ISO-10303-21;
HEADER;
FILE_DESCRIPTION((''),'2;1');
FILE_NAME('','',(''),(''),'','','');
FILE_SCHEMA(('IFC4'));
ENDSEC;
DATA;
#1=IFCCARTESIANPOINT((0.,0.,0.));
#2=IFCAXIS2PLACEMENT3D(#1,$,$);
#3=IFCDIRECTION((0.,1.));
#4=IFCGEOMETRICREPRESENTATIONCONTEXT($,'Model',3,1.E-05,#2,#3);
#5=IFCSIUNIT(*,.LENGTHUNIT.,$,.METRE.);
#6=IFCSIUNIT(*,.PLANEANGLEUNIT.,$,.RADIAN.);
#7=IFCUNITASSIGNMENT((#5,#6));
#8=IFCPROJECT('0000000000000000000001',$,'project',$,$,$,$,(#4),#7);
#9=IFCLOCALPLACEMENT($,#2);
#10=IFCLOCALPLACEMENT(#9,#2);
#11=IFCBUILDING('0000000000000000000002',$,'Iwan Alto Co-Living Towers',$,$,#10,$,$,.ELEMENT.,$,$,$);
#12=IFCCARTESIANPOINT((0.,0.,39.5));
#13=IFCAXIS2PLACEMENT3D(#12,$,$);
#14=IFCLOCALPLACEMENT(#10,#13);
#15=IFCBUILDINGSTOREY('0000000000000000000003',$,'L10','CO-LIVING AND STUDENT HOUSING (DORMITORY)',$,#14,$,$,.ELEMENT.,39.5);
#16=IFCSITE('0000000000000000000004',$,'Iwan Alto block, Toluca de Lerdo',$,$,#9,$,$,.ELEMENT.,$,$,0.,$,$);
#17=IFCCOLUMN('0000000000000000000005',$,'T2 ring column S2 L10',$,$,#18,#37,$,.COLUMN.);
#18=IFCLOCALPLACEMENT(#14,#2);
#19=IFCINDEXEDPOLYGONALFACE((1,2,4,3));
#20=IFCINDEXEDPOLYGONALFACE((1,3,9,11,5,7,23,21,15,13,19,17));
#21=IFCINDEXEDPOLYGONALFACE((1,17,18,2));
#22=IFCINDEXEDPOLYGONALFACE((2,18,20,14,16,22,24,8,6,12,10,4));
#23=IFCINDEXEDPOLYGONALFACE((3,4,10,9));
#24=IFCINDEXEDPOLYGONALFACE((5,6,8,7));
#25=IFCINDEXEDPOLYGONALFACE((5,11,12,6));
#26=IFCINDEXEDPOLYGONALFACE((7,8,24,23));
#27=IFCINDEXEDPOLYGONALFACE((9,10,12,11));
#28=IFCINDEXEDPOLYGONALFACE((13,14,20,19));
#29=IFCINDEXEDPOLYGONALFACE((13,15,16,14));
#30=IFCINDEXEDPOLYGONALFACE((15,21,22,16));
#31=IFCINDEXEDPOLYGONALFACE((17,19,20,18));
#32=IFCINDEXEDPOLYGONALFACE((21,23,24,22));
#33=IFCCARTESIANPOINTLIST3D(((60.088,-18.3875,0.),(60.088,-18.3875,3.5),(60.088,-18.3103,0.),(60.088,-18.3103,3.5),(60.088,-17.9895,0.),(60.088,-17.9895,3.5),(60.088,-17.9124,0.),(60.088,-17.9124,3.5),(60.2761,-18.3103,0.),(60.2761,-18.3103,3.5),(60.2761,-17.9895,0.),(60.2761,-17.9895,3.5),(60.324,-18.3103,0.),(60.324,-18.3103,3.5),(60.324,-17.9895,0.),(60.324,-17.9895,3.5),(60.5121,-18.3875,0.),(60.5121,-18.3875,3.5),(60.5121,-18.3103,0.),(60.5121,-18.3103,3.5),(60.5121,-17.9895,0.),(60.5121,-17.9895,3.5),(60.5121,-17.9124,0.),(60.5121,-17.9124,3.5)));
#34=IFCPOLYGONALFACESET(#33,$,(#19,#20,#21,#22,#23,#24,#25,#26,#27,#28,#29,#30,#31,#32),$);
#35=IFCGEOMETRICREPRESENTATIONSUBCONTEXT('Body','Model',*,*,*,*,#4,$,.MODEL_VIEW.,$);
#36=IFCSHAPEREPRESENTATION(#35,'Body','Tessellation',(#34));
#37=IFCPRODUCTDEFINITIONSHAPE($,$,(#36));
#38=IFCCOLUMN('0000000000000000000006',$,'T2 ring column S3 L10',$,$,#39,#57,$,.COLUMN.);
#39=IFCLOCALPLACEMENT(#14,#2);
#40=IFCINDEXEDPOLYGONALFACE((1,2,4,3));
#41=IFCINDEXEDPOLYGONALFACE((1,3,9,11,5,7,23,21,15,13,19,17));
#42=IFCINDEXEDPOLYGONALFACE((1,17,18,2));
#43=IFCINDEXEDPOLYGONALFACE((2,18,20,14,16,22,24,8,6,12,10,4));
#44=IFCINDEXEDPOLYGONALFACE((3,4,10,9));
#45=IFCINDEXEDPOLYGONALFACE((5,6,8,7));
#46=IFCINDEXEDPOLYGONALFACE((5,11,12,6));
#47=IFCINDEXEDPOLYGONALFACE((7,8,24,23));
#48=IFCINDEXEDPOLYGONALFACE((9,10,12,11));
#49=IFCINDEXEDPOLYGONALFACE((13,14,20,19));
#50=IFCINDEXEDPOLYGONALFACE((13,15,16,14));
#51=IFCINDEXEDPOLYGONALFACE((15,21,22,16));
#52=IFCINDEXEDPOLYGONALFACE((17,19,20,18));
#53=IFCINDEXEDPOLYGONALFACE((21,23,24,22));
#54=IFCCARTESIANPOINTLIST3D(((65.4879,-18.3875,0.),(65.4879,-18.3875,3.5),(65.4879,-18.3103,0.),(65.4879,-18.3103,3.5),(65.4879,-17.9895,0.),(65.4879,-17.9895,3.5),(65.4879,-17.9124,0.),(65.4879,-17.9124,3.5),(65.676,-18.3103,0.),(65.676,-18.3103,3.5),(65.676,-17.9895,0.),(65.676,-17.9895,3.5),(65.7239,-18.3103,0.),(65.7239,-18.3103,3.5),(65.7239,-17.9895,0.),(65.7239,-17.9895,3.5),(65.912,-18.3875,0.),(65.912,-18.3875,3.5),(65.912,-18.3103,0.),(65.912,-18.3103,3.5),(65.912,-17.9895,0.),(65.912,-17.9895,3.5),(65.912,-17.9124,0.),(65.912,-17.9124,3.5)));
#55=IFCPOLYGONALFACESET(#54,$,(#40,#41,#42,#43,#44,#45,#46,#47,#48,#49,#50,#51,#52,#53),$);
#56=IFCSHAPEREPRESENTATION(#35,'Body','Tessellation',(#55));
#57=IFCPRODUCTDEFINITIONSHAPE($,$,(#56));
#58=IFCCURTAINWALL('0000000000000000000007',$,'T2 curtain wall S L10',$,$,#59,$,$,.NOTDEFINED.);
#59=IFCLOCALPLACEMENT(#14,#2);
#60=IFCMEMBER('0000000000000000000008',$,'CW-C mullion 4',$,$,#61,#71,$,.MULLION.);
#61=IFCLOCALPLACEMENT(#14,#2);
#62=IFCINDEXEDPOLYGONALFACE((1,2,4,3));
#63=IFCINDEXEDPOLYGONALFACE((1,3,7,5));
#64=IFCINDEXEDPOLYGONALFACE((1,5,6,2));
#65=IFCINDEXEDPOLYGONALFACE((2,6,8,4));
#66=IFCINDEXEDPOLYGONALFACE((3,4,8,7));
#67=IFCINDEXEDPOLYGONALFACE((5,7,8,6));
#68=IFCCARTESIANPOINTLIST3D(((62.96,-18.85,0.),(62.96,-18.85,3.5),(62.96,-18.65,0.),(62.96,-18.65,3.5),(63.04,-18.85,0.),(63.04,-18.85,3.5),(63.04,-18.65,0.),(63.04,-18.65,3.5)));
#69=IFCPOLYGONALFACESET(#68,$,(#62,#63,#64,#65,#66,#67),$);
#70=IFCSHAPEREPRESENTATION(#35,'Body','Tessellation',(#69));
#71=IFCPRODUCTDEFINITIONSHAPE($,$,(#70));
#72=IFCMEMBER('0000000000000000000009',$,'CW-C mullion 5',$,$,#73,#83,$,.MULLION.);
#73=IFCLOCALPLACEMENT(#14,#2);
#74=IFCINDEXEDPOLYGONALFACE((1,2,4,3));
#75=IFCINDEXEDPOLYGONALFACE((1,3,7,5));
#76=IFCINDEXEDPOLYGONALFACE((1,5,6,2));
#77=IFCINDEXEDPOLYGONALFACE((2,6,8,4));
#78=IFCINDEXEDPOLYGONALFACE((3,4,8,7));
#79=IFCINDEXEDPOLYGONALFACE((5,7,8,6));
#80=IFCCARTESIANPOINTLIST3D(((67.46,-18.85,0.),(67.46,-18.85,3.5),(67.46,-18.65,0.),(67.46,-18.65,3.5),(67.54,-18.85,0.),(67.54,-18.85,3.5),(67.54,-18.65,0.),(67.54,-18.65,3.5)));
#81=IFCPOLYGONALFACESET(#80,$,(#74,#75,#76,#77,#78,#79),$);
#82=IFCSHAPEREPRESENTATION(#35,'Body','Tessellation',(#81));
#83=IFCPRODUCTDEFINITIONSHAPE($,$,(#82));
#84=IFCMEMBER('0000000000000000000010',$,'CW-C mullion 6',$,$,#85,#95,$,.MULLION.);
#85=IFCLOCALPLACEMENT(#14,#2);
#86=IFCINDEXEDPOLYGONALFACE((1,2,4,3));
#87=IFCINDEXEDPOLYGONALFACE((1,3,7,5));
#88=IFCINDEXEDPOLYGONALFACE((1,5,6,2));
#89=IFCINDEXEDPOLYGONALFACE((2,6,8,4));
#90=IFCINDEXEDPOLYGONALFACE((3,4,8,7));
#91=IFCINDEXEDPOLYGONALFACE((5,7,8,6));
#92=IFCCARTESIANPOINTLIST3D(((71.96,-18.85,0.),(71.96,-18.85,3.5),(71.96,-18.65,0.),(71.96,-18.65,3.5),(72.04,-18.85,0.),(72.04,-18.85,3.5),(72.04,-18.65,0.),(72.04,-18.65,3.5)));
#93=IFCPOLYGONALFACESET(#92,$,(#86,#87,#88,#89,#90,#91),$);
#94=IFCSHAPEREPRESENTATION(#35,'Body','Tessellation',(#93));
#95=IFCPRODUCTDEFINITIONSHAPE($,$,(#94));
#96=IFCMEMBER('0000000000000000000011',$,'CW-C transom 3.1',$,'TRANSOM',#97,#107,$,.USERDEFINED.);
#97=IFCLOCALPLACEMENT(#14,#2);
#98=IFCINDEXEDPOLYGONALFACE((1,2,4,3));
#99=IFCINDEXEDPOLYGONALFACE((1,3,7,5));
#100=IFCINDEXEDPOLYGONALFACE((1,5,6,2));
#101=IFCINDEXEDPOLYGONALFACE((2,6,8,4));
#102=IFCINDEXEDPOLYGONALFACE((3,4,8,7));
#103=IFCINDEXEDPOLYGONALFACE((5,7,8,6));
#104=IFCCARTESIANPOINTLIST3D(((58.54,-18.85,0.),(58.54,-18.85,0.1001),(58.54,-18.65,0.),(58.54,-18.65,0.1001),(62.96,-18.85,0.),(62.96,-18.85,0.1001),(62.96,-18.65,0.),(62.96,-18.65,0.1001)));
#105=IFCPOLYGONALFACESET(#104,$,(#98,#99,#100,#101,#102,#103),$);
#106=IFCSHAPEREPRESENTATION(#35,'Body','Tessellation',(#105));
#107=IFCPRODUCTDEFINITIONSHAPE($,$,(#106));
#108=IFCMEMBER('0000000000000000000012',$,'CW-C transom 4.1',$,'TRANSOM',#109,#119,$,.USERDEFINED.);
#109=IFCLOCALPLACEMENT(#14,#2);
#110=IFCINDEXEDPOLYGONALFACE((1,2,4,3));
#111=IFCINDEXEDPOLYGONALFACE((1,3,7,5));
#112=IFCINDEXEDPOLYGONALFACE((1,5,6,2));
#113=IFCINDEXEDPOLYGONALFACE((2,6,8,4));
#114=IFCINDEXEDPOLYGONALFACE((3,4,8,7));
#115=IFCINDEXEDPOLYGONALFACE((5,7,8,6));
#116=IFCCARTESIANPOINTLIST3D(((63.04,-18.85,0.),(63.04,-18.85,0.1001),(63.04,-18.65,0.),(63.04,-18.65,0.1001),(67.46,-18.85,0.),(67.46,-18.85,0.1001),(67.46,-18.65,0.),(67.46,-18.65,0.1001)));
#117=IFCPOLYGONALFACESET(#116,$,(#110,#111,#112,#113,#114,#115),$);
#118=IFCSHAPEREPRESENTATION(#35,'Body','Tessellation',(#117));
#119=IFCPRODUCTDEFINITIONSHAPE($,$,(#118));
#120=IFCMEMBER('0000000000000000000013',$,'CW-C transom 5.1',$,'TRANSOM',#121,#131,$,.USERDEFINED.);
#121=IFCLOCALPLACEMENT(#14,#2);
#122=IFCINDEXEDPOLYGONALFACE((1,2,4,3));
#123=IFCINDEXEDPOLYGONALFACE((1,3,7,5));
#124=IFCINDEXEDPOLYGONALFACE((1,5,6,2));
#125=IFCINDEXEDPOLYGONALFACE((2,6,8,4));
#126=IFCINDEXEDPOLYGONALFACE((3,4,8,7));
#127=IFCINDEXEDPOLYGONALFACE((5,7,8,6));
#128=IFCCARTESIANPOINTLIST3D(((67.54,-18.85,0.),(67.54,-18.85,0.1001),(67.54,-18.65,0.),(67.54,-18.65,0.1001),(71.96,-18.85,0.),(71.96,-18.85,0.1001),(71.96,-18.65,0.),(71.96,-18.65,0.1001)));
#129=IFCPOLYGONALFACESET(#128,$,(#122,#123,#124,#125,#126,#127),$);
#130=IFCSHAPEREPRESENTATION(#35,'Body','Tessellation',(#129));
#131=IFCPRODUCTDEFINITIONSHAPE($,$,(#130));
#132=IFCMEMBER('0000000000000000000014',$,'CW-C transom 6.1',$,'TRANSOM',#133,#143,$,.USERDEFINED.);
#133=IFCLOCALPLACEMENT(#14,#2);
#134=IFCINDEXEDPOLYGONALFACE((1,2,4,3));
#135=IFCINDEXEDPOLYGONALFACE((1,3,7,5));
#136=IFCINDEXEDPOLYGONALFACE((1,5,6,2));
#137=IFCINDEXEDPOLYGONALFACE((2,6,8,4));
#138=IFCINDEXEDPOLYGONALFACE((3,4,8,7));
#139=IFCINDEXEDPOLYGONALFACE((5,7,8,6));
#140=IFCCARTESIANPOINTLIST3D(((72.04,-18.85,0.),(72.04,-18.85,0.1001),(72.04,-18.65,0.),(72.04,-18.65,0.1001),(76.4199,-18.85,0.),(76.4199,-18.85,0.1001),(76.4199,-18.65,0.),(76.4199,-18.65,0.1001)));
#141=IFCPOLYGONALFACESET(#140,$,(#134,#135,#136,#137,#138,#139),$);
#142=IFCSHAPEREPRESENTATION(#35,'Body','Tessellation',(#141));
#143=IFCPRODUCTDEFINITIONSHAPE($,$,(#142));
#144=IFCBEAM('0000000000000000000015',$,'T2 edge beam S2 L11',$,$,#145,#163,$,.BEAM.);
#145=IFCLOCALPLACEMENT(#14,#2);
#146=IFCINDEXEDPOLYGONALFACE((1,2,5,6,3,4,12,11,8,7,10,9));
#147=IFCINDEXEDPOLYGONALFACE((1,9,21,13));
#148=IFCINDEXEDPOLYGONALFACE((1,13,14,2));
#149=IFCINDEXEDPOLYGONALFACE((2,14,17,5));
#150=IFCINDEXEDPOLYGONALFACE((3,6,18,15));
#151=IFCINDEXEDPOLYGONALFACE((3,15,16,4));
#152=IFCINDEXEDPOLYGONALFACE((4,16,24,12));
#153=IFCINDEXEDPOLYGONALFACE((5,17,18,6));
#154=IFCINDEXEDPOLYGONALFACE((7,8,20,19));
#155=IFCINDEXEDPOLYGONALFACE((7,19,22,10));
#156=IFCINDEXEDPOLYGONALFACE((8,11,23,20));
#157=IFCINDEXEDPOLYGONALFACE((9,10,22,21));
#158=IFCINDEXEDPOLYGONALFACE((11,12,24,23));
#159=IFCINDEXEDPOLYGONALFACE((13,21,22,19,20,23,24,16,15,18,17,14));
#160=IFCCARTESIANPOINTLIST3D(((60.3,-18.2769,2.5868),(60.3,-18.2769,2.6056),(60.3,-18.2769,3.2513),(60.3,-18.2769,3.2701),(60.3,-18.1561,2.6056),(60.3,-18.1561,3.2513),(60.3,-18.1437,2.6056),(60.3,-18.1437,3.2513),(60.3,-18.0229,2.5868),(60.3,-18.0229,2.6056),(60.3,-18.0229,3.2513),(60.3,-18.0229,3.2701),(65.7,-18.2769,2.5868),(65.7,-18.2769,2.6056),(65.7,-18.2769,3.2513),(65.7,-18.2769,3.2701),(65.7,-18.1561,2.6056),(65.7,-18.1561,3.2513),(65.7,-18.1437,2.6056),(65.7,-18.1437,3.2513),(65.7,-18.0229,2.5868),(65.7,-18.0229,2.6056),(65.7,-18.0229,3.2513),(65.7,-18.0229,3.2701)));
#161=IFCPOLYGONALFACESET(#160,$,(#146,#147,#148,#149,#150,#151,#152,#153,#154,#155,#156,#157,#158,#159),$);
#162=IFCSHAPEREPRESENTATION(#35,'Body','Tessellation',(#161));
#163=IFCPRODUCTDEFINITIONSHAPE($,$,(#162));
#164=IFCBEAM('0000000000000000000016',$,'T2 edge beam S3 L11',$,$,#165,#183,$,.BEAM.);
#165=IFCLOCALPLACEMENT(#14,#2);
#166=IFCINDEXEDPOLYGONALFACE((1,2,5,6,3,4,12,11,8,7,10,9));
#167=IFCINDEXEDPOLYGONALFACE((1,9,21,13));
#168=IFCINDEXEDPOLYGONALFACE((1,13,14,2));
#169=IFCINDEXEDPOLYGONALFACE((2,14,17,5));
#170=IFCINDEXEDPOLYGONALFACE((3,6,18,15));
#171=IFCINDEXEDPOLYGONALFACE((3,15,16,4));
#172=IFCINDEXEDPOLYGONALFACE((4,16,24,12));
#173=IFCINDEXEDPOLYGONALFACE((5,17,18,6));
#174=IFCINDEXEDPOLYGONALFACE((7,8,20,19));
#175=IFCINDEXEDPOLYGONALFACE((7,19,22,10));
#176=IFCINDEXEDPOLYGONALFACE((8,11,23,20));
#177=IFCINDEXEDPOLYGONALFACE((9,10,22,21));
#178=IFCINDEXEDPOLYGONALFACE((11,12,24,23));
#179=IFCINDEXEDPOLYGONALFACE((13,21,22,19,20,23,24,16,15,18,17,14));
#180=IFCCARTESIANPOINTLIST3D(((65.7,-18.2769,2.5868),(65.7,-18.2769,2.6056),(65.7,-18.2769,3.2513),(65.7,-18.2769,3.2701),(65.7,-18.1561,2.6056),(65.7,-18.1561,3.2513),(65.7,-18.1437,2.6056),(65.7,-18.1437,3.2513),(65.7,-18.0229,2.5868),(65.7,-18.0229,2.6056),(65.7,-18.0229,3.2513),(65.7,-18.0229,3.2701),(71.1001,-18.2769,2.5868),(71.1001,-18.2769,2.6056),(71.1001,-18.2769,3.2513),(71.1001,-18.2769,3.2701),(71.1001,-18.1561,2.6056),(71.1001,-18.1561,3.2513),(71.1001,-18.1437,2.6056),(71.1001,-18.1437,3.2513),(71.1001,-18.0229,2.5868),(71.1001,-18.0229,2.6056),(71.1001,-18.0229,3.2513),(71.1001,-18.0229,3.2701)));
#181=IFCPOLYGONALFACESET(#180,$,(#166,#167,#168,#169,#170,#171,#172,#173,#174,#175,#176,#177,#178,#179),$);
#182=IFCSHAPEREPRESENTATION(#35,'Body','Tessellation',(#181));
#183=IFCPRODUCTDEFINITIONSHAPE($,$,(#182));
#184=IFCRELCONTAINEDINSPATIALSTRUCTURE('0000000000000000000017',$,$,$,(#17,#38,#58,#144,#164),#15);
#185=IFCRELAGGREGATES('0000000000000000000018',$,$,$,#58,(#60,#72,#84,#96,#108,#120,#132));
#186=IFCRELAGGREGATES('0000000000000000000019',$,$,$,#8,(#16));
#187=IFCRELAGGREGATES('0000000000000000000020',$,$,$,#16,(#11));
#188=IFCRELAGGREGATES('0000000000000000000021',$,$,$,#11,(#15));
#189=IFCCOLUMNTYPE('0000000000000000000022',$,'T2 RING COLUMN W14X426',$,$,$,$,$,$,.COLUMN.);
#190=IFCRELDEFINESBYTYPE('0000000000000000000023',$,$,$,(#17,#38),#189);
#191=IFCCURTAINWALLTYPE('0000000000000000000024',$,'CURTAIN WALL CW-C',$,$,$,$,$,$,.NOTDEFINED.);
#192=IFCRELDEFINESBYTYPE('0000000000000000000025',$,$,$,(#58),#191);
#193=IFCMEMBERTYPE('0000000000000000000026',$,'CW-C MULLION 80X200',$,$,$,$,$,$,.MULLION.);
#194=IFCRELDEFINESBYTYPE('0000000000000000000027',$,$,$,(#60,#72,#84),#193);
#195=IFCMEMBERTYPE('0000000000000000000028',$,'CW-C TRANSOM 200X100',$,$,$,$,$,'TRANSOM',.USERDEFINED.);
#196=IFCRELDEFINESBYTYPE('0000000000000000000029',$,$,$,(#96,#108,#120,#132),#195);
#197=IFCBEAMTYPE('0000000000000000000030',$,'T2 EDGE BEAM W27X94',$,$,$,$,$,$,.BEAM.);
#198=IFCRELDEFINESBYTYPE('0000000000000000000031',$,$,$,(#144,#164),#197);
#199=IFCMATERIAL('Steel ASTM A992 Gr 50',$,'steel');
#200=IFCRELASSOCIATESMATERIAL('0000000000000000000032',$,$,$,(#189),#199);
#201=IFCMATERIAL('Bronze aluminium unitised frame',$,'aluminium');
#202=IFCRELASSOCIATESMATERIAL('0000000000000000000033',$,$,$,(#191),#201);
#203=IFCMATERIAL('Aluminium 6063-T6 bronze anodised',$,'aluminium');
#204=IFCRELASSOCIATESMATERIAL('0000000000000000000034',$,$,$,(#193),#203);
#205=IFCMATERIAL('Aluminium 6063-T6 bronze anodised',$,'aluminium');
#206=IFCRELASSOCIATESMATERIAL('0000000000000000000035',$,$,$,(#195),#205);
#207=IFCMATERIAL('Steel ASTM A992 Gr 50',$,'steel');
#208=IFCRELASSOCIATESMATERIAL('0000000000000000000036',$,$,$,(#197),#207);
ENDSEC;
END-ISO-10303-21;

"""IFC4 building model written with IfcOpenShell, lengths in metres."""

from ifc_helpers import new_model, si_unit, direction, frame, origin, origin_2d, place, context, subcontext, project, spatial, rectangle, i_section, extrude, material, material_profile, profile_set, type_object, element, aggregate, save


model = new_model("IFC4")

# Units and contexts
model_context = context("Model", 3, precision=1e-05, world=origin(), true_north=direction((0.0, 1.0)))
body_context = subcontext(model_context, "Body", "Model", "MODEL_VIEW")
ifc_project = project(units=[si_unit("LENGTHUNIT", "METRE"), si_unit("PLANEANGLEUNIT", "RADIAN")], contexts=[model_context])

# Site, building, storey
site_placement = place(None, origin())
site = spatial("IfcSite", under=ifc_project, at=site_placement, Name="Iwan Alto block, Toluca de Lerdo", CompositionType="ELEMENT", RefElevation=0.0)
building_placement = place(site_placement, origin())
building = spatial("IfcBuilding", under=site, at=building_placement, Name="Iwan Alto Co-Living Towers", CompositionType="ELEMENT")
storey_placement = place(building_placement, frame((0.0, 0.0, 39.5)))
storey = spatial("IfcBuildingStorey", under=building, at=storey_placement, Name="L10", Description="CO-LIVING AND STUDENT HOUSING (DORMITORY)", CompositionType="ELEMENT", Elevation=39.5)

# Columns
ifc_material_1 = material(Name="Steel ASTM A992 Gr 50", Category="steel")
ifc_material_profile_1 = material_profile(ifc_material_1, i_section(OverallWidth=0.4241, OverallDepth=0.4751, WebThickness=0.0479, FlangeThickness=0.0771, at=origin_2d()), Name="W14X426")
ifc_profile_set_1 = profile_set([ifc_material_profile_1], Name="Steel ASTM A992 Gr 50")
column_type = type_object("IfcColumnType", Name="T2 RING COLUMN W14X426", PredefinedType="COLUMN", material=ifc_profile_set_1)
for number, where, z_axis, x_axis, name in (
    (1, (60.3, -18.1499, 0.0), (0.0, 0.0, 1.0), (1.0, 0.0, 0.0), "T2 ring column S2 L10"),
    (2, (65.7, -18.1499, 0.0), (0.0, 0.0, 1.0), (1.0, 0.0, 0.0), "T2 ring column S3 L10"),
):
    element("IfcColumn", number, at=place(storey_placement, frame(where, z_axis=z_axis, x_axis=x_axis)), inside=storey, type_object=column_type, Name=name, PredefinedType="COLUMN", context=body_context, shape_type="SweptSolid", body=[
        extrude(i_section(OverallWidth=0.4241, OverallDepth=0.4751, WebThickness=0.0479, FlangeThickness=0.0771, at=origin_2d()), origin(), (0.0, 0.0, 1.0), 3.5),
    ])

# Curtain wall, members
ifc_material_2 = material(Name="Bronze aluminium unitised frame", Category="aluminium")
curtain_wall_type = type_object("IfcCurtainWallType", Name="CURTAIN WALL CW-C", PredefinedType="NOTDEFINED", material=ifc_material_2)
curtain_wall_placement = place(storey_placement, origin())
curtain_wall = element("IfcCurtainWall", 3, at=curtain_wall_placement, inside=storey, type_object=curtain_wall_type, Name="T2 curtain wall S L10", PredefinedType="NOTDEFINED")
ifc_material_3 = material(Name="Aluminium 6063-T6 bronze anodised", Category="aluminium")
ifc_material_profile_2 = material_profile(ifc_material_3, rectangle(XDim=0.2, YDim=0.0801, at=origin_2d()), Name="AL 80X200")
ifc_profile_set_2 = profile_set([ifc_material_profile_2], Name="Aluminium 6063-T6 bronze anodised")
member_type_1 = type_object("IfcMemberType", Name="CW-C MULLION 80X200", PredefinedType="MULLION", material=ifc_profile_set_2)
member_1_placement = place(storey_placement, frame((63.0, -18.75, 0.0), z_axis=(0.0, 0.0, 1.0), x_axis=(0.0, 1.0, 0.0)))
member_1 = element("IfcMember", 4, at=member_1_placement, type_object=member_type_1, Name="CW-C mullion 4", PredefinedType="MULLION", context=body_context, shape_type="SweptSolid", body=[
    extrude(rectangle(XDim=0.2, YDim=0.0801, at=origin_2d()), origin(), (0.0, 0.0, 1.0), 3.5),
])
member_2_placement = place(storey_placement, frame((67.5, -18.75, 0.0), z_axis=(0.0, 0.0, 1.0), x_axis=(0.0, 1.0, 0.0)))
member_2 = element("IfcMember", 5, at=member_2_placement, type_object=member_type_1, Name="CW-C mullion 5", PredefinedType="MULLION", context=body_context, shape_type="SweptSolid", body=[
    extrude(rectangle(XDim=0.2, YDim=0.0801, at=origin_2d()), origin(), (0.0, 0.0, 1.0), 3.5),
])
member_3_placement = place(storey_placement, frame((72.0, -18.75, 0.0), z_axis=(0.0, 0.0, 1.0), x_axis=(0.0, 1.0, 0.0)))
member_3 = element("IfcMember", 6, at=member_3_placement, type_object=member_type_1, Name="CW-C mullion 6", PredefinedType="MULLION", context=body_context, shape_type="SweptSolid", body=[
    extrude(rectangle(XDim=0.2, YDim=0.0801, at=origin_2d()), origin(), (0.0, 0.0, 1.0), 3.5),
])
ifc_material_4 = material(Name="Aluminium 6063-T6 bronze anodised", Category="aluminium")
ifc_material_profile_3 = material_profile(ifc_material_4, rectangle(XDim=0.2, YDim=0.1001, at=origin_2d()), Name="AL 200X100")
ifc_profile_set_3 = profile_set([ifc_material_profile_3], Name="Aluminium 6063-T6 bronze anodised")
member_type_2 = type_object("IfcMemberType", Name="CW-C TRANSOM 200X100", ElementType="TRANSOM", PredefinedType="USERDEFINED", material=ifc_profile_set_3)
member_4_placement = place(storey_placement, frame((58.54, -18.75, 0.05), z_axis=(1.0, 0.0, 0.0), x_axis=(0.0, 1.0, 0.0)))
member_4 = element("IfcMember", 7, at=member_4_placement, type_object=member_type_2, Name="CW-C transom 3.1", ObjectType="TRANSOM", PredefinedType="USERDEFINED", context=body_context, shape_type="SweptSolid", body=[
    extrude(rectangle(XDim=0.2, YDim=0.1001, at=origin_2d()), origin(), (0.0, 0.0, 1.0), 4.4199),
])
member_5_placement = place(storey_placement, frame((63.04, -18.75, 0.05), z_axis=(1.0, 0.0, 0.0), x_axis=(0.0, 1.0, 0.0)))
member_5 = element("IfcMember", 8, at=member_5_placement, type_object=member_type_2, Name="CW-C transom 4.1", ObjectType="TRANSOM", PredefinedType="USERDEFINED", context=body_context, shape_type="SweptSolid", body=[
    extrude(rectangle(XDim=0.2, YDim=0.1001, at=origin_2d()), origin(), (0.0, 0.0, 1.0), 4.4199),
])
member_6_placement = place(storey_placement, frame((67.54, -18.75, 0.05), z_axis=(1.0, 0.0, 0.0), x_axis=(0.0, 1.0, 0.0)))
member_6 = element("IfcMember", 9, at=member_6_placement, type_object=member_type_2, Name="CW-C transom 5.1", ObjectType="TRANSOM", PredefinedType="USERDEFINED", context=body_context, shape_type="SweptSolid", body=[
    extrude(rectangle(XDim=0.2, YDim=0.1001, at=origin_2d()), origin(), (0.0, 0.0, 1.0), 4.4199),
])
member_7_placement = place(storey_placement, frame((72.04, -18.75, 0.05), z_axis=(1.0, 0.0, 0.0), x_axis=(0.0, 1.0, 0.0)))
member_7 = element("IfcMember", 10, at=member_7_placement, type_object=member_type_2, Name="CW-C transom 6.1", ObjectType="TRANSOM", PredefinedType="USERDEFINED", context=body_context, shape_type="SweptSolid", body=[
    extrude(rectangle(XDim=0.2, YDim=0.1001, at=origin_2d()), origin(), (0.0, 0.0, 1.0), 4.3799),
])

# Beams
ifc_material_5 = material(Name="Steel ASTM A992 Gr 50", Category="steel")
ifc_material_profile_4 = material_profile(ifc_material_5, i_section(OverallWidth=0.2539, OverallDepth=0.6833, WebThickness=0.0125, FlangeThickness=0.0188, at=origin_2d()), Name="W27X94")
ifc_profile_set_4 = profile_set([ifc_material_profile_4], Name="Steel ASTM A992 Gr 50")
beam_type_1 = type_object("IfcBeamType", Name="T2 EDGE BEAM W27X94", PredefinedType="BEAM", material=ifc_profile_set_4)
beam_1_placement = place(storey_placement, frame((60.3, -18.1499, 2.9285), z_axis=(1.0, 0.0, 0.0), x_axis=(0.0, 1.0, 0.0)))
element("IfcBeam", 11, at=beam_1_placement, inside=storey, type_object=beam_type_1, Name="T2 edge beam S2 L11", PredefinedType="BEAM", context=body_context, shape_type="SweptSolid", body=[
    extrude(i_section(OverallWidth=0.2539, OverallDepth=0.6833, WebThickness=0.0125, FlangeThickness=0.0188, at=origin_2d()), origin(), (0.0, 0.0, 1.0), 5.3999),
])
beam_2_placement = place(storey_placement, frame((65.7, -18.1499, 2.9285), z_axis=(1.0, 0.0, 0.0), x_axis=(0.0, 1.0, 0.0)))
element("IfcBeam", 12, at=beam_2_placement, inside=storey, type_object=beam_type_1, Name="T2 edge beam S3 L11", PredefinedType="BEAM", context=body_context, shape_type="SweptSolid", body=[
    extrude(i_section(OverallWidth=0.2539, OverallDepth=0.6833, WebThickness=0.0125, FlangeThickness=0.0188, at=origin_2d()), origin(), (0.0, 0.0, 1.0), 5.4001),
])

aggregate(curtain_wall, [member_1, member_2, member_3, member_4, member_5, member_6, member_7])

save(model, "model.ifc")
